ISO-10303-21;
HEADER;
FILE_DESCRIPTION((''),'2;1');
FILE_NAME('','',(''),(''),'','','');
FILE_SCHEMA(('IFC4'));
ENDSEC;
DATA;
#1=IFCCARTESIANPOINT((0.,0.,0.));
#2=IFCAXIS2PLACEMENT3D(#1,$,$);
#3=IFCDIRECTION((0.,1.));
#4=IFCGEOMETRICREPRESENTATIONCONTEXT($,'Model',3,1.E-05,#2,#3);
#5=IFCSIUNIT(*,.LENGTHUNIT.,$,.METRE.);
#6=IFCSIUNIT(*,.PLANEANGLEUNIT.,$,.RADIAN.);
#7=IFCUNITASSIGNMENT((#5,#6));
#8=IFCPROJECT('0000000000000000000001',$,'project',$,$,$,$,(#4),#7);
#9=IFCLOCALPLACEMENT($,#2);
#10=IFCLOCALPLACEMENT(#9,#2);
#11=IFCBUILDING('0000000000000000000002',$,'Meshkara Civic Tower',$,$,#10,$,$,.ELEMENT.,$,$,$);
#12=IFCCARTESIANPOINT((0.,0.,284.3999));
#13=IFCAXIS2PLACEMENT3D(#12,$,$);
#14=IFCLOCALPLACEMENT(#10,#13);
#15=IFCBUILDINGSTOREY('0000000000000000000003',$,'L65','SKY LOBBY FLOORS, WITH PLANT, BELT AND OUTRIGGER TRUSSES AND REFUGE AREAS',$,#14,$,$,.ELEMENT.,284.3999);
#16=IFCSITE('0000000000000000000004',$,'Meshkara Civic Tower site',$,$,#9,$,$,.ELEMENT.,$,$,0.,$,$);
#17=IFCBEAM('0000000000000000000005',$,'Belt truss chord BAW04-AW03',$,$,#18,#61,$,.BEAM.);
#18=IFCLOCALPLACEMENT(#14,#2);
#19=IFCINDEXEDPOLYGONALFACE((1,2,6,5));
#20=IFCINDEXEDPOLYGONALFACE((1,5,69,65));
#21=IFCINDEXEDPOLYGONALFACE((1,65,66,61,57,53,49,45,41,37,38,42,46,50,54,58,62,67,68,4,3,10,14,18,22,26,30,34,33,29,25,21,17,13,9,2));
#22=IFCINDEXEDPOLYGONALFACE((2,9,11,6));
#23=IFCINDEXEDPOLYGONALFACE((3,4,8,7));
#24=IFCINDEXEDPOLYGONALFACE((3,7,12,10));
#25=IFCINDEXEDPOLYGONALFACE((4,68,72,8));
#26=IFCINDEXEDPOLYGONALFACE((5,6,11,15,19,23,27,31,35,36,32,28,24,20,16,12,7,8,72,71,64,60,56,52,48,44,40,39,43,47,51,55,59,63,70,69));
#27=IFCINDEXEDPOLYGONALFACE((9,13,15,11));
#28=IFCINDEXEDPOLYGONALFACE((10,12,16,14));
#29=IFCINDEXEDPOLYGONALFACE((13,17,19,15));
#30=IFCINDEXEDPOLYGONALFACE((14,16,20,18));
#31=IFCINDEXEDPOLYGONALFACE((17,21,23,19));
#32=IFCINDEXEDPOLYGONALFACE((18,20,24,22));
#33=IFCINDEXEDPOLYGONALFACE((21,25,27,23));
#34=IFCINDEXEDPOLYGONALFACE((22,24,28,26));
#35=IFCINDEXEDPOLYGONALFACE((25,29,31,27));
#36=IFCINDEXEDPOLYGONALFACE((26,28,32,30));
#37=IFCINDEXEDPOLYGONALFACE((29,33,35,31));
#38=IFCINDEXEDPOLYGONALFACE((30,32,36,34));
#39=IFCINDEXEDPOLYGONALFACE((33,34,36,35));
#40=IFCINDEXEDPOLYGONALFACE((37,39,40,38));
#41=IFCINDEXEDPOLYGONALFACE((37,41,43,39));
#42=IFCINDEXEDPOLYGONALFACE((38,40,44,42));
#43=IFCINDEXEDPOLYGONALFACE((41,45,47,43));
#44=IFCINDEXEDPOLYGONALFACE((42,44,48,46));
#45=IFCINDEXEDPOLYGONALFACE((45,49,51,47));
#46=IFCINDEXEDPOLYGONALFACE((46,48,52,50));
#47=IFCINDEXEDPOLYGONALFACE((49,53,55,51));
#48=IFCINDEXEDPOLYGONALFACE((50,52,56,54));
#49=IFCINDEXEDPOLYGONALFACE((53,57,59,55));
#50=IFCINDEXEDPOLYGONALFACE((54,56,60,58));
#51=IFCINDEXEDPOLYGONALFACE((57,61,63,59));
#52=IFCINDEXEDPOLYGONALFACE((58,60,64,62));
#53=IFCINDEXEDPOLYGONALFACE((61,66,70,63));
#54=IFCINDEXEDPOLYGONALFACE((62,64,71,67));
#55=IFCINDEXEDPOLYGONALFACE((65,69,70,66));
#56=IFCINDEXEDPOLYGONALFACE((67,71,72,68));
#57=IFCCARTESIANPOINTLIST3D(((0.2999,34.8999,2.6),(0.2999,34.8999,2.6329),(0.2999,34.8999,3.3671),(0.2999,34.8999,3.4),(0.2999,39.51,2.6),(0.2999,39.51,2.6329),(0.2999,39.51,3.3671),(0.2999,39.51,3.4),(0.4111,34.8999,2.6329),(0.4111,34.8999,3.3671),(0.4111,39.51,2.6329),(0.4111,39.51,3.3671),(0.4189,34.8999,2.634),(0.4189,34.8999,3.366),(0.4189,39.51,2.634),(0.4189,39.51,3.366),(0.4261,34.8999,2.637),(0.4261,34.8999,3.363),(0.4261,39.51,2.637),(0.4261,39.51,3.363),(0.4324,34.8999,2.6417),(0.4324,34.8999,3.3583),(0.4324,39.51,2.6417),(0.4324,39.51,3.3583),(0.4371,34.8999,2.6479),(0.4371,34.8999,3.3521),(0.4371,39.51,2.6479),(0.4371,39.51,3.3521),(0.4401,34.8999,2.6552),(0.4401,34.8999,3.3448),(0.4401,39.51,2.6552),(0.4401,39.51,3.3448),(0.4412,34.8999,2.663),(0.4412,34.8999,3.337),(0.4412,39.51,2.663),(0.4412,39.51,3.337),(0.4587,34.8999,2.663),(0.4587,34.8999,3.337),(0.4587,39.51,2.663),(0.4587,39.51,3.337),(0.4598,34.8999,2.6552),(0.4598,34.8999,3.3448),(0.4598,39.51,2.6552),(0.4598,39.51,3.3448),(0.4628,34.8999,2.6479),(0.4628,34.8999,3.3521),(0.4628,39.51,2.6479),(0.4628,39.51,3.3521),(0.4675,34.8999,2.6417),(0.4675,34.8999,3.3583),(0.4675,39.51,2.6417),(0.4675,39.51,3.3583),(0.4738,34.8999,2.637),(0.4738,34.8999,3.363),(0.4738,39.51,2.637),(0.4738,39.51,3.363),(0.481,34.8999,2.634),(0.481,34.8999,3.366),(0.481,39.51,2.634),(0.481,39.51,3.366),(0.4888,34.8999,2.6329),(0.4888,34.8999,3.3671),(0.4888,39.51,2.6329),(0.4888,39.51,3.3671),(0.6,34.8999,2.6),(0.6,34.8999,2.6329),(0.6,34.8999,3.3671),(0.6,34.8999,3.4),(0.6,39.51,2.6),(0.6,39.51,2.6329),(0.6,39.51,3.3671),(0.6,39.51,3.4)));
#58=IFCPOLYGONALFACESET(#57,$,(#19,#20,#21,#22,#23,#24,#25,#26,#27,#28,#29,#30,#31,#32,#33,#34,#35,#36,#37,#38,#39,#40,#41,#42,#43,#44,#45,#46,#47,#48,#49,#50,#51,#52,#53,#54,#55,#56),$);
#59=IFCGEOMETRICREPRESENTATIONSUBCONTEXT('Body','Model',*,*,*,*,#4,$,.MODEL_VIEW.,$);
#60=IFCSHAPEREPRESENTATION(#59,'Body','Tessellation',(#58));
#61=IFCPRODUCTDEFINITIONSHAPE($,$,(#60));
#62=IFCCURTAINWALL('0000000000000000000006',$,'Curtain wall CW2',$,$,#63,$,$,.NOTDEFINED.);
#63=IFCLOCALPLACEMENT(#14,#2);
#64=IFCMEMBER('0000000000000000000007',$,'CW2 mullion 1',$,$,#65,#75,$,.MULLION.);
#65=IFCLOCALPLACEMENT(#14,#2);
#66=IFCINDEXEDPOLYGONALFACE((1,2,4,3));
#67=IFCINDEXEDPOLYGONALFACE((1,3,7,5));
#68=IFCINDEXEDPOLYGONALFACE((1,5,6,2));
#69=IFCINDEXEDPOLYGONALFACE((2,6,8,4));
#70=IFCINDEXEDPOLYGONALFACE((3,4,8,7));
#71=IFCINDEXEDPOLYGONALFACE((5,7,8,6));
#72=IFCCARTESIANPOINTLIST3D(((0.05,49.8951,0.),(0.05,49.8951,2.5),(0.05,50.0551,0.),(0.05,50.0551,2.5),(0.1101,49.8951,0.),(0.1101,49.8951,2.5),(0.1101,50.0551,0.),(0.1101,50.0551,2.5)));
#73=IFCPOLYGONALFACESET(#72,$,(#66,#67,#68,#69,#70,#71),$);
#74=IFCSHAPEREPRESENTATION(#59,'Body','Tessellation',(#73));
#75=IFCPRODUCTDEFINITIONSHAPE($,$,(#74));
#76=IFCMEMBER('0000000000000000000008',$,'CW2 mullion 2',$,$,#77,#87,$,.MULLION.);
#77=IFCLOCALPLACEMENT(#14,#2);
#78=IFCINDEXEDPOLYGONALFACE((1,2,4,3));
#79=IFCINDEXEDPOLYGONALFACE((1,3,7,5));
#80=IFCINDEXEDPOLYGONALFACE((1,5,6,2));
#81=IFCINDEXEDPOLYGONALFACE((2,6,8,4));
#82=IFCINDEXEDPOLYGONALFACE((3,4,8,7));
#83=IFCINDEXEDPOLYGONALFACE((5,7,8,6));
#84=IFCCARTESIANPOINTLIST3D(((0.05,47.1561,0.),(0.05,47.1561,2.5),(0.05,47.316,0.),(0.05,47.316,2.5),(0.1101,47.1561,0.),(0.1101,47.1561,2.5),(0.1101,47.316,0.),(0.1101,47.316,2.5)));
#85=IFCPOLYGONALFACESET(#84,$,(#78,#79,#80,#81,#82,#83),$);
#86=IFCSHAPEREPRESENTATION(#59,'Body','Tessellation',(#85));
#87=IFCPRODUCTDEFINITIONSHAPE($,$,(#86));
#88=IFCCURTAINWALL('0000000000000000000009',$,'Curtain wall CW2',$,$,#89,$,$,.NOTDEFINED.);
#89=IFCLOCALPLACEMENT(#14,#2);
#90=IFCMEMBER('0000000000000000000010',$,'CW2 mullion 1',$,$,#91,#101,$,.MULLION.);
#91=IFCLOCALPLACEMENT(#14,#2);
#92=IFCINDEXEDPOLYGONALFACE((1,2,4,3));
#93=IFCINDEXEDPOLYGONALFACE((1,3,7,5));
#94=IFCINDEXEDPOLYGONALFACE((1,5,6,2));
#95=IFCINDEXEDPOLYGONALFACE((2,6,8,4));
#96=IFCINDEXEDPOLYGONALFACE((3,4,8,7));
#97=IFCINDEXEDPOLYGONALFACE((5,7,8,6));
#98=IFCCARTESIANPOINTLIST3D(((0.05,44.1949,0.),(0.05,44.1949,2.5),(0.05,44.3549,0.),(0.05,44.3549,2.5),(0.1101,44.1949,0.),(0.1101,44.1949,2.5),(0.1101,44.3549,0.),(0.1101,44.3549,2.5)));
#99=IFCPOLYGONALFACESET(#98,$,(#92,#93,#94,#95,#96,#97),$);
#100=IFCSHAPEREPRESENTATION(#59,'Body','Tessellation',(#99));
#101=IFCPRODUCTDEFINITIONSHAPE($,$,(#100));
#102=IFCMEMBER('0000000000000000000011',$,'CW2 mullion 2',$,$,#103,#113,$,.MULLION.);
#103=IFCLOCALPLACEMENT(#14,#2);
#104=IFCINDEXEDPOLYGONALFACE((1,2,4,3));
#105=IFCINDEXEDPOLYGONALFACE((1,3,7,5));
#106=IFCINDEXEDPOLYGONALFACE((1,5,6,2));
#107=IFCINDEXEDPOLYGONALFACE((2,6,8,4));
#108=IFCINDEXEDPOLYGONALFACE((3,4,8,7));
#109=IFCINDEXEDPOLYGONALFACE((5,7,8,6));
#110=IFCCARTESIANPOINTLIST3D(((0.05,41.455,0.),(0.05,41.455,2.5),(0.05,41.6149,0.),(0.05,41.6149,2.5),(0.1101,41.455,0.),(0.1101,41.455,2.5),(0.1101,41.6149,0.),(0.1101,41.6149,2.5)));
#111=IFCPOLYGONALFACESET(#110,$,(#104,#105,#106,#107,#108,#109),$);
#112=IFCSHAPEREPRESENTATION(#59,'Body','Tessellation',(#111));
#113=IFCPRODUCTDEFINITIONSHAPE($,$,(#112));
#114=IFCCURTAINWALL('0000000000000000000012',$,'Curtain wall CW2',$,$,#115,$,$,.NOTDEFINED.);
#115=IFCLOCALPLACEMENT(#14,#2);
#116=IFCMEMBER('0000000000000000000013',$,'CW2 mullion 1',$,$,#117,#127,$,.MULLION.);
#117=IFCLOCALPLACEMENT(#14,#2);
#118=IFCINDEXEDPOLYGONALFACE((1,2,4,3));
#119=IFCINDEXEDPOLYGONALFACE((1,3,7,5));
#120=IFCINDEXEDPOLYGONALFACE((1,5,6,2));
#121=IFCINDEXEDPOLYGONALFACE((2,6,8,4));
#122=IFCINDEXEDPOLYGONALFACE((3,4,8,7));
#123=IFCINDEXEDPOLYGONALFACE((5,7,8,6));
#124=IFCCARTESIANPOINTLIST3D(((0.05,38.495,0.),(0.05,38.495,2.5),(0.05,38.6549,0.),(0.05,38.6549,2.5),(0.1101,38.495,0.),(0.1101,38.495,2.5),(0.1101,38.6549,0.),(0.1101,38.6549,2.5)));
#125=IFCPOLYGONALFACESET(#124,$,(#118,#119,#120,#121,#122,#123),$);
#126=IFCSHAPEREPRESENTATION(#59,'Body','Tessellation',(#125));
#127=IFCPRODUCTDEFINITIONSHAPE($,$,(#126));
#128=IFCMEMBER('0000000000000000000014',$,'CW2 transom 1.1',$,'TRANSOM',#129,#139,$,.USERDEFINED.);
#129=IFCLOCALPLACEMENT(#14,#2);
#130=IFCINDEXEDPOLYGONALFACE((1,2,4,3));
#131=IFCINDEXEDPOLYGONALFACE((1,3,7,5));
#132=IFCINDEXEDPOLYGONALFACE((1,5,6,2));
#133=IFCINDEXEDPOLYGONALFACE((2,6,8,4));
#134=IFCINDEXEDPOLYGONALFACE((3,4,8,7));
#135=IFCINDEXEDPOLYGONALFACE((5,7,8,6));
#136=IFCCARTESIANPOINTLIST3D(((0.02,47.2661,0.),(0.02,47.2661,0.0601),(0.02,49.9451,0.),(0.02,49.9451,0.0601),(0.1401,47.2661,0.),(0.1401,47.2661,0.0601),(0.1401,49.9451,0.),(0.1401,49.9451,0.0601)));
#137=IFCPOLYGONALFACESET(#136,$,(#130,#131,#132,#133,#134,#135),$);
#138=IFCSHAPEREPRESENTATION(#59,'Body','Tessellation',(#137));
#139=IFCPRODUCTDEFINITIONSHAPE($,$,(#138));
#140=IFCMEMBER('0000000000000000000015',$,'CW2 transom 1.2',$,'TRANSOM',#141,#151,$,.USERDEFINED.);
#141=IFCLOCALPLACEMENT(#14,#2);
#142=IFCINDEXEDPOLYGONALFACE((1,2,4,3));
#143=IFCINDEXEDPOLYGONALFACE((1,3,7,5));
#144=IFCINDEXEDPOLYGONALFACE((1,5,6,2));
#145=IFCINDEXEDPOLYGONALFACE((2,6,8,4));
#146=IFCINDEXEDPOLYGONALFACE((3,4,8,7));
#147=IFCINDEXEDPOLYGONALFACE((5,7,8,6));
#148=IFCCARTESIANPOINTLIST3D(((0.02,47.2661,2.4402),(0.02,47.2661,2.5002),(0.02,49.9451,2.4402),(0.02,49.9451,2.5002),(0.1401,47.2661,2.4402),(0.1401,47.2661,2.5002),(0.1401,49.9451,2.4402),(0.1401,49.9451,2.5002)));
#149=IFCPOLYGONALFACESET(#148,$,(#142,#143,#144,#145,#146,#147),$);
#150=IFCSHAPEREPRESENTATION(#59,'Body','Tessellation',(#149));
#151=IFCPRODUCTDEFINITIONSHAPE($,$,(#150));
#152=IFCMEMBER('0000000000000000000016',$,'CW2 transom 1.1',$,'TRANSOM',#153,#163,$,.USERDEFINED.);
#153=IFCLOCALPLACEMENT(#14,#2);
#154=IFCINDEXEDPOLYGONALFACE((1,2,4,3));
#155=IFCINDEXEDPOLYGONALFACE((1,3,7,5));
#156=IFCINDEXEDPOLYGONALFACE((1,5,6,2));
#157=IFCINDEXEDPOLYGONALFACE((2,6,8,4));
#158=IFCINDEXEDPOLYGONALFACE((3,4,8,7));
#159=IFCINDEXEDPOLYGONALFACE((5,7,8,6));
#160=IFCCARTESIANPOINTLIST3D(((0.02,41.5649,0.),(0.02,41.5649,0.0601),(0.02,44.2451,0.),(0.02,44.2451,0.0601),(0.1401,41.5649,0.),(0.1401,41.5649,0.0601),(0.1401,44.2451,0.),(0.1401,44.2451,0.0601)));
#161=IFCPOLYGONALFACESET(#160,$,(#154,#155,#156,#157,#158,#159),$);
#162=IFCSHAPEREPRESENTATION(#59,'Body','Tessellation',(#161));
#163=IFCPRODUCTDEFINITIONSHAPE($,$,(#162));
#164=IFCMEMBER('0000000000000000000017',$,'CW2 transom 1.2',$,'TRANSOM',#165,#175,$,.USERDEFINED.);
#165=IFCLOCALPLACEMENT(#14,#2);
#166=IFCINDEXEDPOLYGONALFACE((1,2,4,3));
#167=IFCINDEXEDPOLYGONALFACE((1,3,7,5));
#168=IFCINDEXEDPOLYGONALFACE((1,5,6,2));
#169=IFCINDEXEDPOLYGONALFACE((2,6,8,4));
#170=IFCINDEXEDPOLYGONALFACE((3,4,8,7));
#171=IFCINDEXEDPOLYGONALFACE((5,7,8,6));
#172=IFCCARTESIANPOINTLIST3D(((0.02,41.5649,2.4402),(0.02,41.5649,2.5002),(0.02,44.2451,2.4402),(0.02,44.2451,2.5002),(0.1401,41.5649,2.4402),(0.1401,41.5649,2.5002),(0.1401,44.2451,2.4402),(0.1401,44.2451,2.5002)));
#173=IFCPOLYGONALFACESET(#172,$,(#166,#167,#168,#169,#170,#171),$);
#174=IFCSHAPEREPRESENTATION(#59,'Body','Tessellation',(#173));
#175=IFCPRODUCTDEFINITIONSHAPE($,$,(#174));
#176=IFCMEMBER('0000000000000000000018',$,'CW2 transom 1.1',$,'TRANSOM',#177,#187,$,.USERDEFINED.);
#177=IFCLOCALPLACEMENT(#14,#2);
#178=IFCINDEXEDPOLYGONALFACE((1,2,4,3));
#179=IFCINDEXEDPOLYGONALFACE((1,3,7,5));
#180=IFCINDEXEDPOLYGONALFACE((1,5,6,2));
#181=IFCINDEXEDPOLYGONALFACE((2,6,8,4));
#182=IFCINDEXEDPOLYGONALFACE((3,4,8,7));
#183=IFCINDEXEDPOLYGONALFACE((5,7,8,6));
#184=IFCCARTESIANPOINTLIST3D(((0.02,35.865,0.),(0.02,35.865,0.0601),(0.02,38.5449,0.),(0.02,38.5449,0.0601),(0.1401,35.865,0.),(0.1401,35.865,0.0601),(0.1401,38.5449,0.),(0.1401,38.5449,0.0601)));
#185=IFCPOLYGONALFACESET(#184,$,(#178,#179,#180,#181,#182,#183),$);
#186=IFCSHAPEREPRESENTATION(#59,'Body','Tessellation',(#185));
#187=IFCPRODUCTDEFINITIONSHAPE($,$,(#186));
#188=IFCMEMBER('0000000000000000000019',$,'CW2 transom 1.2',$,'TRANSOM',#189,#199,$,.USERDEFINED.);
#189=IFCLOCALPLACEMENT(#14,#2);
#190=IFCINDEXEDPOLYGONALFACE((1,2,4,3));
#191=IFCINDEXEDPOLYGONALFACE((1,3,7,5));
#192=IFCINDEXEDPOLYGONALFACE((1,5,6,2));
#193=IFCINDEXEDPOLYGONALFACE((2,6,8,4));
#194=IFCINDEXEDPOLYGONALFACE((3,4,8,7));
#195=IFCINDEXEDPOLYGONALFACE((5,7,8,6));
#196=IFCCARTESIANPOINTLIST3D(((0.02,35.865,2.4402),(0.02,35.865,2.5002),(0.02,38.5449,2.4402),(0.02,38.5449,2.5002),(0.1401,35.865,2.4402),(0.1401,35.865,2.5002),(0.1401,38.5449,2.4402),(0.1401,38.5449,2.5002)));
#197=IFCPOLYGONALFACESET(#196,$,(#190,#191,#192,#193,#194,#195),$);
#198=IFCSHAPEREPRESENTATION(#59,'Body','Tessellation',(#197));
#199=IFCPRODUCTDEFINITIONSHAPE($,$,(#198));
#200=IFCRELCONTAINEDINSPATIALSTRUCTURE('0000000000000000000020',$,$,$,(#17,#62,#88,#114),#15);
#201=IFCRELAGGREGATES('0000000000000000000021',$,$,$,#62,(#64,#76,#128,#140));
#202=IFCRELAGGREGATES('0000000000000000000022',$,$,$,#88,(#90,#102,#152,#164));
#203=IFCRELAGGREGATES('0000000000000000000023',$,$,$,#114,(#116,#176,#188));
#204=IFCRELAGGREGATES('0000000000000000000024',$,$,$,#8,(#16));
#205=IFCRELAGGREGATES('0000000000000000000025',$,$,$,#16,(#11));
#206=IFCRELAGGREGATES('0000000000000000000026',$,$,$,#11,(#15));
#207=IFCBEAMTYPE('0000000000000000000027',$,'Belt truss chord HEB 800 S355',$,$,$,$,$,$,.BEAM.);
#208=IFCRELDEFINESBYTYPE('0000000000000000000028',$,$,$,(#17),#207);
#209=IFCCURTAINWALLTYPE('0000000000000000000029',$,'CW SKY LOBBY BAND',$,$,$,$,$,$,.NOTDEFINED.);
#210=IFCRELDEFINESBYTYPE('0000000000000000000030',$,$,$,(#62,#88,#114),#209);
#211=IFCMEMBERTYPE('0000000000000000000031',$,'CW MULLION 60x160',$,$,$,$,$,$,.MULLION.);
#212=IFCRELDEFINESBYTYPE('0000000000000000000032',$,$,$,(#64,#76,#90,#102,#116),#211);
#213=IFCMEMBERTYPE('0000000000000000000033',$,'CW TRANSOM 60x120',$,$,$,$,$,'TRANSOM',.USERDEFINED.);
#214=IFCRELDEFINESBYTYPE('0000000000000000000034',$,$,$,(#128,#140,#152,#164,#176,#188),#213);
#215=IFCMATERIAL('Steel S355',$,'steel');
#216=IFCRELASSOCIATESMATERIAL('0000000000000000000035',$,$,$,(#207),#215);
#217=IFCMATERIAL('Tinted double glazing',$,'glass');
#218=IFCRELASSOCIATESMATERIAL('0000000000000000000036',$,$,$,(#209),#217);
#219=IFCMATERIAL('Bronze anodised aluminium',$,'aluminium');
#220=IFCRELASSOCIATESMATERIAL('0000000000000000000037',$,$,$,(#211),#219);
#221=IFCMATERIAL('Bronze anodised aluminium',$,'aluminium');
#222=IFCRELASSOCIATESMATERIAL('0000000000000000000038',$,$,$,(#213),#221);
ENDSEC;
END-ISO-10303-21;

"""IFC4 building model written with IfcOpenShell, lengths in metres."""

from ifc_helpers import new_model, si_unit, direction, frame, origin, origin_2d, place, context, subcontext, project, spatial, rectangle, i_section, extrude, material, material_profile, profile_set, type_object, element, aggregate, save


model = new_model("IFC4")

# Units and contexts
model_context = context("Model", 3, precision=1e-05, world=origin(), true_north=direction((0.0, 1.0)))
body_context = subcontext(model_context, "Body", "Model", "MODEL_VIEW")
ifc_project = project(units=[si_unit("LENGTHUNIT", "METRE"), si_unit("PLANEANGLEUNIT", "RADIAN")], contexts=[model_context])

# Site, building, storey
site_placement = place(None, origin())
site = spatial("IfcSite", under=ifc_project, at=site_placement, Name="Meshkara Civic Tower site", CompositionType="ELEMENT", RefElevation=0.0)
building_placement = place(site_placement, origin())
building = spatial("IfcBuilding", under=site, at=building_placement, Name="Meshkara Civic Tower", CompositionType="ELEMENT")
storey_placement = place(building_placement, frame((0.0, 0.0, 284.3999)))
storey = spatial("IfcBuildingStorey", under=building, at=storey_placement, Name="L65", Description="SKY LOBBY FLOORS, WITH PLANT, BELT AND OUTRIGGER TRUSSES AND REFUGE AREAS", CompositionType="ELEMENT", Elevation=284.3999)

# Beam
ifc_material_1 = material(Name="Steel S355", Category="steel")
ifc_material_profile_1 = material_profile(ifc_material_1, i_section(OverallWidth=0.3, OverallDepth=0.8, WebThickness=0.0176, FlangeThickness=0.033, FilletRadius=0.03, at=origin_2d()))
ifc_profile_set_1 = profile_set([ifc_material_profile_1], Name="Steel S355")
beam_type = type_object("IfcBeamType", Name="Belt truss chord HEB 800 S355", PredefinedType="BEAM", material=ifc_profile_set_1)
for number, where, z_axis, x_axis, name in (
    (1, (0.45, 39.51, 3.0), (0.0, -1.0, 0.0), (1.0, 0.0, 0.0), "Belt truss chord BAW04-AW03"),
):
    element("IfcBeam", number, at=place(storey_placement, frame(where, z_axis=z_axis, x_axis=x_axis)), inside=storey, type_object=beam_type, Name=name, PredefinedType="BEAM", context=body_context, shape_type="SweptSolid", body=[
        extrude(i_section(OverallWidth=0.3, OverallDepth=0.8, WebThickness=0.0176, FlangeThickness=0.033, FilletRadius=0.03, at=origin_2d()), origin(), (0.0, 0.0, 1.0), 4.6101),
    ])

# Curtain walls, members
ifc_material_2 = material(Name="Tinted double glazing", Category="glass")
curtain_wall_type = type_object("IfcCurtainWallType", Name="CW SKY LOBBY BAND", PredefinedType="NOTDEFINED", material=ifc_material_2)
curtain_wall_1_placement = place(storey_placement, origin())
curtain_wall_1 = element("IfcCurtainWall", 2, at=curtain_wall_1_placement, inside=storey, type_object=curtain_wall_type, Name="Curtain wall CW2", PredefinedType="NOTDEFINED")
ifc_material_3 = material(Name="Bronze anodised aluminium", Category="aluminium")
ifc_material_profile_2 = material_profile(ifc_material_3, rectangle(XDim=0.0601, YDim=0.1599, at=origin_2d()))
ifc_profile_set_2 = profile_set([ifc_material_profile_2], Name="Bronze anodised aluminium")
member_type_1 = type_object("IfcMemberType", Name="CW MULLION 60x160", PredefinedType="MULLION", material=ifc_profile_set_2)
member_1_placement = place(storey_placement, frame((0.0801, 49.9751, 0.0), z_axis=(0.0, 0.0, 1.0), x_axis=(1.0, 0.0, 0.0)))
member_1 = element("IfcMember", 3, at=member_1_placement, type_object=member_type_1, Name="CW2 mullion 1", PredefinedType="MULLION", context=body_context, shape_type="SweptSolid", body=[
    extrude(rectangle(XDim=0.0601, YDim=0.1599, at=origin_2d()), origin(), (0.0, 0.0, 1.0), 2.5),
])
member_2_placement = place(storey_placement, frame((0.0801, 47.2361, 0.0), z_axis=(0.0, 0.0, 1.0), x_axis=(1.0, 0.0, 0.0)))
member_2 = element("IfcMember", 4, at=member_2_placement, type_object=member_type_1, Name="CW2 mullion 2", PredefinedType="MULLION", context=body_context, shape_type="SweptSolid", body=[
    extrude(rectangle(XDim=0.0601, YDim=0.1599, at=origin_2d()), origin(), (0.0, 0.0, 1.0), 2.5),
])
curtain_wall_2_placement = place(storey_placement, origin())
curtain_wall_2 = element("IfcCurtainWall", 5, at=curtain_wall_2_placement, inside=storey, type_object=curtain_wall_type, Name="Curtain wall CW2", PredefinedType="NOTDEFINED")
member_3_placement = place(storey_placement, frame((0.0801, 44.2749, 0.0), z_axis=(0.0, 0.0, 1.0), x_axis=(1.0, 0.0, 0.0)))
member_3 = element("IfcMember", 6, at=member_3_placement, type_object=member_type_1, Name="CW2 mullion 1", PredefinedType="MULLION", context=body_context, shape_type="SweptSolid", body=[
    extrude(rectangle(XDim=0.0601, YDim=0.1599, at=origin_2d()), origin(), (0.0, 0.0, 1.0), 2.5),
])
member_4_placement = place(storey_placement, frame((0.0801, 41.5349, 0.0), z_axis=(0.0, 0.0, 1.0), x_axis=(1.0, 0.0, 0.0)))
member_4 = element("IfcMember", 7, at=member_4_placement, type_object=member_type_1, Name="CW2 mullion 2", PredefinedType="MULLION", context=body_context, shape_type="SweptSolid", body=[
    extrude(rectangle(XDim=0.0601, YDim=0.1599, at=origin_2d()), origin(), (0.0, 0.0, 1.0), 2.5),
])

# Curtain wall, member
curtain_wall_3_placement = place(storey_placement, origin())
curtain_wall_3 = element("IfcCurtainWall", 8, at=curtain_wall_3_placement, inside=storey, type_object=curtain_wall_type, Name="Curtain wall CW2", PredefinedType="NOTDEFINED")
member_5_placement = place(storey_placement, frame((0.0801, 38.575, 0.0), z_axis=(0.0, 0.0, 1.0), x_axis=(1.0, 0.0, 0.0)))
member_5 = element("IfcMember", 9, at=member_5_placement, type_object=member_type_1, Name="CW2 mullion 1", PredefinedType="MULLION", context=body_context, shape_type="SweptSolid", body=[
    extrude(rectangle(XDim=0.0601, YDim=0.1599, at=origin_2d()), origin(), (0.0, 0.0, 1.0), 2.5),
])

# Members
ifc_material_4 = material(Name="Bronze anodised aluminium", Category="aluminium")
ifc_material_profile_3 = material_profile(ifc_material_4, rectangle(XDim=0.1201, YDim=0.0601, at=origin_2d()))
ifc_profile_set_3 = profile_set([ifc_material_profile_3], Name="Bronze anodised aluminium")
member_type_2 = type_object("IfcMemberType", Name="CW TRANSOM 60x120", ElementType="TRANSOM", PredefinedType="USERDEFINED", material=ifc_profile_set_3)
member_6_placement = place(storey_placement, frame((0.0801, 49.9451, 0.03), z_axis=(0.0, -1.0, 0.0), x_axis=(1.0, 0.0, 0.0)))
member_6 = element("IfcMember", 10, at=member_6_placement, type_object=member_type_2, Name="CW2 transom 1.1", ObjectType="TRANSOM", PredefinedType="USERDEFINED", context=body_context, shape_type="SweptSolid", body=[
    extrude(rectangle(XDim=0.1201, YDim=0.0601, at=origin_2d()), origin(), (0.0, 0.0, 1.0), 2.679),
])
member_7_placement = place(storey_placement, frame((0.0801, 49.9451, 2.4702), z_axis=(0.0, -1.0, 0.0), x_axis=(1.0, 0.0, 0.0)))
member_7 = element("IfcMember", 11, at=member_7_placement, type_object=member_type_2, Name="CW2 transom 1.2", ObjectType="TRANSOM", PredefinedType="USERDEFINED", context=body_context, shape_type="SweptSolid", body=[
    extrude(rectangle(XDim=0.1201, YDim=0.0601, at=origin_2d()), origin(), (0.0, 0.0, 1.0), 2.679),
])
member_8_placement = place(storey_placement, frame((0.0801, 44.2451, 0.03), z_axis=(0.0, -1.0, 0.0), x_axis=(1.0, 0.0, 0.0)))
member_8 = element("IfcMember", 12, at=member_8_placement, type_object=member_type_2, Name="CW2 transom 1.1", ObjectType="TRANSOM", PredefinedType="USERDEFINED", context=body_context, shape_type="SweptSolid", body=[
    extrude(rectangle(XDim=0.1201, YDim=0.0601, at=origin_2d()), origin(), (0.0, 0.0, 1.0), 2.6802),
])
member_9_placement = place(storey_placement, frame((0.0801, 44.2451, 2.4702), z_axis=(0.0, -1.0, 0.0), x_axis=(1.0, 0.0, 0.0)))
member_9 = element("IfcMember", 13, at=member_9_placement, type_object=member_type_2, Name="CW2 transom 1.2", ObjectType="TRANSOM", PredefinedType="USERDEFINED", context=body_context, shape_type="SweptSolid", body=[
    extrude(rectangle(XDim=0.1201, YDim=0.0601, at=origin_2d()), origin(), (0.0, 0.0, 1.0), 2.6802),
])
member_10_placement = place(storey_placement, frame((0.0801, 38.5449, 0.03), z_axis=(0.0, -1.0, 0.0), x_axis=(1.0, 0.0, 0.0)))
member_10 = element("IfcMember", 14, at=member_10_placement, type_object=member_type_2, Name="CW2 transom 1.1", ObjectType="TRANSOM", PredefinedType="USERDEFINED", context=body_context, shape_type="SweptSolid", body=[
    extrude(rectangle(XDim=0.1201, YDim=0.0601, at=origin_2d()), origin(), (0.0, 0.0, 1.0), 2.6799),
])
member_11_placement = place(storey_placement, frame((0.0801, 38.5449, 2.4702), z_axis=(0.0, -1.0, 0.0), x_axis=(1.0, 0.0, 0.0)))
member_11 = element("IfcMember", 15, at=member_11_placement, type_object=member_type_2, Name="CW2 transom 1.2", ObjectType="TRANSOM", PredefinedType="USERDEFINED", context=body_context, shape_type="SweptSolid", body=[
    extrude(rectangle(XDim=0.1201, YDim=0.0601, at=origin_2d()), origin(), (0.0, 0.0, 1.0), 2.6799),
])

aggregate(curtain_wall_1, [member_1, member_2, member_6, member_7])
aggregate(curtain_wall_2, [member_3, member_4, member_8, member_9])
aggregate(curtain_wall_3, [member_5, member_10, member_11])

save(model, "model.ifc")
